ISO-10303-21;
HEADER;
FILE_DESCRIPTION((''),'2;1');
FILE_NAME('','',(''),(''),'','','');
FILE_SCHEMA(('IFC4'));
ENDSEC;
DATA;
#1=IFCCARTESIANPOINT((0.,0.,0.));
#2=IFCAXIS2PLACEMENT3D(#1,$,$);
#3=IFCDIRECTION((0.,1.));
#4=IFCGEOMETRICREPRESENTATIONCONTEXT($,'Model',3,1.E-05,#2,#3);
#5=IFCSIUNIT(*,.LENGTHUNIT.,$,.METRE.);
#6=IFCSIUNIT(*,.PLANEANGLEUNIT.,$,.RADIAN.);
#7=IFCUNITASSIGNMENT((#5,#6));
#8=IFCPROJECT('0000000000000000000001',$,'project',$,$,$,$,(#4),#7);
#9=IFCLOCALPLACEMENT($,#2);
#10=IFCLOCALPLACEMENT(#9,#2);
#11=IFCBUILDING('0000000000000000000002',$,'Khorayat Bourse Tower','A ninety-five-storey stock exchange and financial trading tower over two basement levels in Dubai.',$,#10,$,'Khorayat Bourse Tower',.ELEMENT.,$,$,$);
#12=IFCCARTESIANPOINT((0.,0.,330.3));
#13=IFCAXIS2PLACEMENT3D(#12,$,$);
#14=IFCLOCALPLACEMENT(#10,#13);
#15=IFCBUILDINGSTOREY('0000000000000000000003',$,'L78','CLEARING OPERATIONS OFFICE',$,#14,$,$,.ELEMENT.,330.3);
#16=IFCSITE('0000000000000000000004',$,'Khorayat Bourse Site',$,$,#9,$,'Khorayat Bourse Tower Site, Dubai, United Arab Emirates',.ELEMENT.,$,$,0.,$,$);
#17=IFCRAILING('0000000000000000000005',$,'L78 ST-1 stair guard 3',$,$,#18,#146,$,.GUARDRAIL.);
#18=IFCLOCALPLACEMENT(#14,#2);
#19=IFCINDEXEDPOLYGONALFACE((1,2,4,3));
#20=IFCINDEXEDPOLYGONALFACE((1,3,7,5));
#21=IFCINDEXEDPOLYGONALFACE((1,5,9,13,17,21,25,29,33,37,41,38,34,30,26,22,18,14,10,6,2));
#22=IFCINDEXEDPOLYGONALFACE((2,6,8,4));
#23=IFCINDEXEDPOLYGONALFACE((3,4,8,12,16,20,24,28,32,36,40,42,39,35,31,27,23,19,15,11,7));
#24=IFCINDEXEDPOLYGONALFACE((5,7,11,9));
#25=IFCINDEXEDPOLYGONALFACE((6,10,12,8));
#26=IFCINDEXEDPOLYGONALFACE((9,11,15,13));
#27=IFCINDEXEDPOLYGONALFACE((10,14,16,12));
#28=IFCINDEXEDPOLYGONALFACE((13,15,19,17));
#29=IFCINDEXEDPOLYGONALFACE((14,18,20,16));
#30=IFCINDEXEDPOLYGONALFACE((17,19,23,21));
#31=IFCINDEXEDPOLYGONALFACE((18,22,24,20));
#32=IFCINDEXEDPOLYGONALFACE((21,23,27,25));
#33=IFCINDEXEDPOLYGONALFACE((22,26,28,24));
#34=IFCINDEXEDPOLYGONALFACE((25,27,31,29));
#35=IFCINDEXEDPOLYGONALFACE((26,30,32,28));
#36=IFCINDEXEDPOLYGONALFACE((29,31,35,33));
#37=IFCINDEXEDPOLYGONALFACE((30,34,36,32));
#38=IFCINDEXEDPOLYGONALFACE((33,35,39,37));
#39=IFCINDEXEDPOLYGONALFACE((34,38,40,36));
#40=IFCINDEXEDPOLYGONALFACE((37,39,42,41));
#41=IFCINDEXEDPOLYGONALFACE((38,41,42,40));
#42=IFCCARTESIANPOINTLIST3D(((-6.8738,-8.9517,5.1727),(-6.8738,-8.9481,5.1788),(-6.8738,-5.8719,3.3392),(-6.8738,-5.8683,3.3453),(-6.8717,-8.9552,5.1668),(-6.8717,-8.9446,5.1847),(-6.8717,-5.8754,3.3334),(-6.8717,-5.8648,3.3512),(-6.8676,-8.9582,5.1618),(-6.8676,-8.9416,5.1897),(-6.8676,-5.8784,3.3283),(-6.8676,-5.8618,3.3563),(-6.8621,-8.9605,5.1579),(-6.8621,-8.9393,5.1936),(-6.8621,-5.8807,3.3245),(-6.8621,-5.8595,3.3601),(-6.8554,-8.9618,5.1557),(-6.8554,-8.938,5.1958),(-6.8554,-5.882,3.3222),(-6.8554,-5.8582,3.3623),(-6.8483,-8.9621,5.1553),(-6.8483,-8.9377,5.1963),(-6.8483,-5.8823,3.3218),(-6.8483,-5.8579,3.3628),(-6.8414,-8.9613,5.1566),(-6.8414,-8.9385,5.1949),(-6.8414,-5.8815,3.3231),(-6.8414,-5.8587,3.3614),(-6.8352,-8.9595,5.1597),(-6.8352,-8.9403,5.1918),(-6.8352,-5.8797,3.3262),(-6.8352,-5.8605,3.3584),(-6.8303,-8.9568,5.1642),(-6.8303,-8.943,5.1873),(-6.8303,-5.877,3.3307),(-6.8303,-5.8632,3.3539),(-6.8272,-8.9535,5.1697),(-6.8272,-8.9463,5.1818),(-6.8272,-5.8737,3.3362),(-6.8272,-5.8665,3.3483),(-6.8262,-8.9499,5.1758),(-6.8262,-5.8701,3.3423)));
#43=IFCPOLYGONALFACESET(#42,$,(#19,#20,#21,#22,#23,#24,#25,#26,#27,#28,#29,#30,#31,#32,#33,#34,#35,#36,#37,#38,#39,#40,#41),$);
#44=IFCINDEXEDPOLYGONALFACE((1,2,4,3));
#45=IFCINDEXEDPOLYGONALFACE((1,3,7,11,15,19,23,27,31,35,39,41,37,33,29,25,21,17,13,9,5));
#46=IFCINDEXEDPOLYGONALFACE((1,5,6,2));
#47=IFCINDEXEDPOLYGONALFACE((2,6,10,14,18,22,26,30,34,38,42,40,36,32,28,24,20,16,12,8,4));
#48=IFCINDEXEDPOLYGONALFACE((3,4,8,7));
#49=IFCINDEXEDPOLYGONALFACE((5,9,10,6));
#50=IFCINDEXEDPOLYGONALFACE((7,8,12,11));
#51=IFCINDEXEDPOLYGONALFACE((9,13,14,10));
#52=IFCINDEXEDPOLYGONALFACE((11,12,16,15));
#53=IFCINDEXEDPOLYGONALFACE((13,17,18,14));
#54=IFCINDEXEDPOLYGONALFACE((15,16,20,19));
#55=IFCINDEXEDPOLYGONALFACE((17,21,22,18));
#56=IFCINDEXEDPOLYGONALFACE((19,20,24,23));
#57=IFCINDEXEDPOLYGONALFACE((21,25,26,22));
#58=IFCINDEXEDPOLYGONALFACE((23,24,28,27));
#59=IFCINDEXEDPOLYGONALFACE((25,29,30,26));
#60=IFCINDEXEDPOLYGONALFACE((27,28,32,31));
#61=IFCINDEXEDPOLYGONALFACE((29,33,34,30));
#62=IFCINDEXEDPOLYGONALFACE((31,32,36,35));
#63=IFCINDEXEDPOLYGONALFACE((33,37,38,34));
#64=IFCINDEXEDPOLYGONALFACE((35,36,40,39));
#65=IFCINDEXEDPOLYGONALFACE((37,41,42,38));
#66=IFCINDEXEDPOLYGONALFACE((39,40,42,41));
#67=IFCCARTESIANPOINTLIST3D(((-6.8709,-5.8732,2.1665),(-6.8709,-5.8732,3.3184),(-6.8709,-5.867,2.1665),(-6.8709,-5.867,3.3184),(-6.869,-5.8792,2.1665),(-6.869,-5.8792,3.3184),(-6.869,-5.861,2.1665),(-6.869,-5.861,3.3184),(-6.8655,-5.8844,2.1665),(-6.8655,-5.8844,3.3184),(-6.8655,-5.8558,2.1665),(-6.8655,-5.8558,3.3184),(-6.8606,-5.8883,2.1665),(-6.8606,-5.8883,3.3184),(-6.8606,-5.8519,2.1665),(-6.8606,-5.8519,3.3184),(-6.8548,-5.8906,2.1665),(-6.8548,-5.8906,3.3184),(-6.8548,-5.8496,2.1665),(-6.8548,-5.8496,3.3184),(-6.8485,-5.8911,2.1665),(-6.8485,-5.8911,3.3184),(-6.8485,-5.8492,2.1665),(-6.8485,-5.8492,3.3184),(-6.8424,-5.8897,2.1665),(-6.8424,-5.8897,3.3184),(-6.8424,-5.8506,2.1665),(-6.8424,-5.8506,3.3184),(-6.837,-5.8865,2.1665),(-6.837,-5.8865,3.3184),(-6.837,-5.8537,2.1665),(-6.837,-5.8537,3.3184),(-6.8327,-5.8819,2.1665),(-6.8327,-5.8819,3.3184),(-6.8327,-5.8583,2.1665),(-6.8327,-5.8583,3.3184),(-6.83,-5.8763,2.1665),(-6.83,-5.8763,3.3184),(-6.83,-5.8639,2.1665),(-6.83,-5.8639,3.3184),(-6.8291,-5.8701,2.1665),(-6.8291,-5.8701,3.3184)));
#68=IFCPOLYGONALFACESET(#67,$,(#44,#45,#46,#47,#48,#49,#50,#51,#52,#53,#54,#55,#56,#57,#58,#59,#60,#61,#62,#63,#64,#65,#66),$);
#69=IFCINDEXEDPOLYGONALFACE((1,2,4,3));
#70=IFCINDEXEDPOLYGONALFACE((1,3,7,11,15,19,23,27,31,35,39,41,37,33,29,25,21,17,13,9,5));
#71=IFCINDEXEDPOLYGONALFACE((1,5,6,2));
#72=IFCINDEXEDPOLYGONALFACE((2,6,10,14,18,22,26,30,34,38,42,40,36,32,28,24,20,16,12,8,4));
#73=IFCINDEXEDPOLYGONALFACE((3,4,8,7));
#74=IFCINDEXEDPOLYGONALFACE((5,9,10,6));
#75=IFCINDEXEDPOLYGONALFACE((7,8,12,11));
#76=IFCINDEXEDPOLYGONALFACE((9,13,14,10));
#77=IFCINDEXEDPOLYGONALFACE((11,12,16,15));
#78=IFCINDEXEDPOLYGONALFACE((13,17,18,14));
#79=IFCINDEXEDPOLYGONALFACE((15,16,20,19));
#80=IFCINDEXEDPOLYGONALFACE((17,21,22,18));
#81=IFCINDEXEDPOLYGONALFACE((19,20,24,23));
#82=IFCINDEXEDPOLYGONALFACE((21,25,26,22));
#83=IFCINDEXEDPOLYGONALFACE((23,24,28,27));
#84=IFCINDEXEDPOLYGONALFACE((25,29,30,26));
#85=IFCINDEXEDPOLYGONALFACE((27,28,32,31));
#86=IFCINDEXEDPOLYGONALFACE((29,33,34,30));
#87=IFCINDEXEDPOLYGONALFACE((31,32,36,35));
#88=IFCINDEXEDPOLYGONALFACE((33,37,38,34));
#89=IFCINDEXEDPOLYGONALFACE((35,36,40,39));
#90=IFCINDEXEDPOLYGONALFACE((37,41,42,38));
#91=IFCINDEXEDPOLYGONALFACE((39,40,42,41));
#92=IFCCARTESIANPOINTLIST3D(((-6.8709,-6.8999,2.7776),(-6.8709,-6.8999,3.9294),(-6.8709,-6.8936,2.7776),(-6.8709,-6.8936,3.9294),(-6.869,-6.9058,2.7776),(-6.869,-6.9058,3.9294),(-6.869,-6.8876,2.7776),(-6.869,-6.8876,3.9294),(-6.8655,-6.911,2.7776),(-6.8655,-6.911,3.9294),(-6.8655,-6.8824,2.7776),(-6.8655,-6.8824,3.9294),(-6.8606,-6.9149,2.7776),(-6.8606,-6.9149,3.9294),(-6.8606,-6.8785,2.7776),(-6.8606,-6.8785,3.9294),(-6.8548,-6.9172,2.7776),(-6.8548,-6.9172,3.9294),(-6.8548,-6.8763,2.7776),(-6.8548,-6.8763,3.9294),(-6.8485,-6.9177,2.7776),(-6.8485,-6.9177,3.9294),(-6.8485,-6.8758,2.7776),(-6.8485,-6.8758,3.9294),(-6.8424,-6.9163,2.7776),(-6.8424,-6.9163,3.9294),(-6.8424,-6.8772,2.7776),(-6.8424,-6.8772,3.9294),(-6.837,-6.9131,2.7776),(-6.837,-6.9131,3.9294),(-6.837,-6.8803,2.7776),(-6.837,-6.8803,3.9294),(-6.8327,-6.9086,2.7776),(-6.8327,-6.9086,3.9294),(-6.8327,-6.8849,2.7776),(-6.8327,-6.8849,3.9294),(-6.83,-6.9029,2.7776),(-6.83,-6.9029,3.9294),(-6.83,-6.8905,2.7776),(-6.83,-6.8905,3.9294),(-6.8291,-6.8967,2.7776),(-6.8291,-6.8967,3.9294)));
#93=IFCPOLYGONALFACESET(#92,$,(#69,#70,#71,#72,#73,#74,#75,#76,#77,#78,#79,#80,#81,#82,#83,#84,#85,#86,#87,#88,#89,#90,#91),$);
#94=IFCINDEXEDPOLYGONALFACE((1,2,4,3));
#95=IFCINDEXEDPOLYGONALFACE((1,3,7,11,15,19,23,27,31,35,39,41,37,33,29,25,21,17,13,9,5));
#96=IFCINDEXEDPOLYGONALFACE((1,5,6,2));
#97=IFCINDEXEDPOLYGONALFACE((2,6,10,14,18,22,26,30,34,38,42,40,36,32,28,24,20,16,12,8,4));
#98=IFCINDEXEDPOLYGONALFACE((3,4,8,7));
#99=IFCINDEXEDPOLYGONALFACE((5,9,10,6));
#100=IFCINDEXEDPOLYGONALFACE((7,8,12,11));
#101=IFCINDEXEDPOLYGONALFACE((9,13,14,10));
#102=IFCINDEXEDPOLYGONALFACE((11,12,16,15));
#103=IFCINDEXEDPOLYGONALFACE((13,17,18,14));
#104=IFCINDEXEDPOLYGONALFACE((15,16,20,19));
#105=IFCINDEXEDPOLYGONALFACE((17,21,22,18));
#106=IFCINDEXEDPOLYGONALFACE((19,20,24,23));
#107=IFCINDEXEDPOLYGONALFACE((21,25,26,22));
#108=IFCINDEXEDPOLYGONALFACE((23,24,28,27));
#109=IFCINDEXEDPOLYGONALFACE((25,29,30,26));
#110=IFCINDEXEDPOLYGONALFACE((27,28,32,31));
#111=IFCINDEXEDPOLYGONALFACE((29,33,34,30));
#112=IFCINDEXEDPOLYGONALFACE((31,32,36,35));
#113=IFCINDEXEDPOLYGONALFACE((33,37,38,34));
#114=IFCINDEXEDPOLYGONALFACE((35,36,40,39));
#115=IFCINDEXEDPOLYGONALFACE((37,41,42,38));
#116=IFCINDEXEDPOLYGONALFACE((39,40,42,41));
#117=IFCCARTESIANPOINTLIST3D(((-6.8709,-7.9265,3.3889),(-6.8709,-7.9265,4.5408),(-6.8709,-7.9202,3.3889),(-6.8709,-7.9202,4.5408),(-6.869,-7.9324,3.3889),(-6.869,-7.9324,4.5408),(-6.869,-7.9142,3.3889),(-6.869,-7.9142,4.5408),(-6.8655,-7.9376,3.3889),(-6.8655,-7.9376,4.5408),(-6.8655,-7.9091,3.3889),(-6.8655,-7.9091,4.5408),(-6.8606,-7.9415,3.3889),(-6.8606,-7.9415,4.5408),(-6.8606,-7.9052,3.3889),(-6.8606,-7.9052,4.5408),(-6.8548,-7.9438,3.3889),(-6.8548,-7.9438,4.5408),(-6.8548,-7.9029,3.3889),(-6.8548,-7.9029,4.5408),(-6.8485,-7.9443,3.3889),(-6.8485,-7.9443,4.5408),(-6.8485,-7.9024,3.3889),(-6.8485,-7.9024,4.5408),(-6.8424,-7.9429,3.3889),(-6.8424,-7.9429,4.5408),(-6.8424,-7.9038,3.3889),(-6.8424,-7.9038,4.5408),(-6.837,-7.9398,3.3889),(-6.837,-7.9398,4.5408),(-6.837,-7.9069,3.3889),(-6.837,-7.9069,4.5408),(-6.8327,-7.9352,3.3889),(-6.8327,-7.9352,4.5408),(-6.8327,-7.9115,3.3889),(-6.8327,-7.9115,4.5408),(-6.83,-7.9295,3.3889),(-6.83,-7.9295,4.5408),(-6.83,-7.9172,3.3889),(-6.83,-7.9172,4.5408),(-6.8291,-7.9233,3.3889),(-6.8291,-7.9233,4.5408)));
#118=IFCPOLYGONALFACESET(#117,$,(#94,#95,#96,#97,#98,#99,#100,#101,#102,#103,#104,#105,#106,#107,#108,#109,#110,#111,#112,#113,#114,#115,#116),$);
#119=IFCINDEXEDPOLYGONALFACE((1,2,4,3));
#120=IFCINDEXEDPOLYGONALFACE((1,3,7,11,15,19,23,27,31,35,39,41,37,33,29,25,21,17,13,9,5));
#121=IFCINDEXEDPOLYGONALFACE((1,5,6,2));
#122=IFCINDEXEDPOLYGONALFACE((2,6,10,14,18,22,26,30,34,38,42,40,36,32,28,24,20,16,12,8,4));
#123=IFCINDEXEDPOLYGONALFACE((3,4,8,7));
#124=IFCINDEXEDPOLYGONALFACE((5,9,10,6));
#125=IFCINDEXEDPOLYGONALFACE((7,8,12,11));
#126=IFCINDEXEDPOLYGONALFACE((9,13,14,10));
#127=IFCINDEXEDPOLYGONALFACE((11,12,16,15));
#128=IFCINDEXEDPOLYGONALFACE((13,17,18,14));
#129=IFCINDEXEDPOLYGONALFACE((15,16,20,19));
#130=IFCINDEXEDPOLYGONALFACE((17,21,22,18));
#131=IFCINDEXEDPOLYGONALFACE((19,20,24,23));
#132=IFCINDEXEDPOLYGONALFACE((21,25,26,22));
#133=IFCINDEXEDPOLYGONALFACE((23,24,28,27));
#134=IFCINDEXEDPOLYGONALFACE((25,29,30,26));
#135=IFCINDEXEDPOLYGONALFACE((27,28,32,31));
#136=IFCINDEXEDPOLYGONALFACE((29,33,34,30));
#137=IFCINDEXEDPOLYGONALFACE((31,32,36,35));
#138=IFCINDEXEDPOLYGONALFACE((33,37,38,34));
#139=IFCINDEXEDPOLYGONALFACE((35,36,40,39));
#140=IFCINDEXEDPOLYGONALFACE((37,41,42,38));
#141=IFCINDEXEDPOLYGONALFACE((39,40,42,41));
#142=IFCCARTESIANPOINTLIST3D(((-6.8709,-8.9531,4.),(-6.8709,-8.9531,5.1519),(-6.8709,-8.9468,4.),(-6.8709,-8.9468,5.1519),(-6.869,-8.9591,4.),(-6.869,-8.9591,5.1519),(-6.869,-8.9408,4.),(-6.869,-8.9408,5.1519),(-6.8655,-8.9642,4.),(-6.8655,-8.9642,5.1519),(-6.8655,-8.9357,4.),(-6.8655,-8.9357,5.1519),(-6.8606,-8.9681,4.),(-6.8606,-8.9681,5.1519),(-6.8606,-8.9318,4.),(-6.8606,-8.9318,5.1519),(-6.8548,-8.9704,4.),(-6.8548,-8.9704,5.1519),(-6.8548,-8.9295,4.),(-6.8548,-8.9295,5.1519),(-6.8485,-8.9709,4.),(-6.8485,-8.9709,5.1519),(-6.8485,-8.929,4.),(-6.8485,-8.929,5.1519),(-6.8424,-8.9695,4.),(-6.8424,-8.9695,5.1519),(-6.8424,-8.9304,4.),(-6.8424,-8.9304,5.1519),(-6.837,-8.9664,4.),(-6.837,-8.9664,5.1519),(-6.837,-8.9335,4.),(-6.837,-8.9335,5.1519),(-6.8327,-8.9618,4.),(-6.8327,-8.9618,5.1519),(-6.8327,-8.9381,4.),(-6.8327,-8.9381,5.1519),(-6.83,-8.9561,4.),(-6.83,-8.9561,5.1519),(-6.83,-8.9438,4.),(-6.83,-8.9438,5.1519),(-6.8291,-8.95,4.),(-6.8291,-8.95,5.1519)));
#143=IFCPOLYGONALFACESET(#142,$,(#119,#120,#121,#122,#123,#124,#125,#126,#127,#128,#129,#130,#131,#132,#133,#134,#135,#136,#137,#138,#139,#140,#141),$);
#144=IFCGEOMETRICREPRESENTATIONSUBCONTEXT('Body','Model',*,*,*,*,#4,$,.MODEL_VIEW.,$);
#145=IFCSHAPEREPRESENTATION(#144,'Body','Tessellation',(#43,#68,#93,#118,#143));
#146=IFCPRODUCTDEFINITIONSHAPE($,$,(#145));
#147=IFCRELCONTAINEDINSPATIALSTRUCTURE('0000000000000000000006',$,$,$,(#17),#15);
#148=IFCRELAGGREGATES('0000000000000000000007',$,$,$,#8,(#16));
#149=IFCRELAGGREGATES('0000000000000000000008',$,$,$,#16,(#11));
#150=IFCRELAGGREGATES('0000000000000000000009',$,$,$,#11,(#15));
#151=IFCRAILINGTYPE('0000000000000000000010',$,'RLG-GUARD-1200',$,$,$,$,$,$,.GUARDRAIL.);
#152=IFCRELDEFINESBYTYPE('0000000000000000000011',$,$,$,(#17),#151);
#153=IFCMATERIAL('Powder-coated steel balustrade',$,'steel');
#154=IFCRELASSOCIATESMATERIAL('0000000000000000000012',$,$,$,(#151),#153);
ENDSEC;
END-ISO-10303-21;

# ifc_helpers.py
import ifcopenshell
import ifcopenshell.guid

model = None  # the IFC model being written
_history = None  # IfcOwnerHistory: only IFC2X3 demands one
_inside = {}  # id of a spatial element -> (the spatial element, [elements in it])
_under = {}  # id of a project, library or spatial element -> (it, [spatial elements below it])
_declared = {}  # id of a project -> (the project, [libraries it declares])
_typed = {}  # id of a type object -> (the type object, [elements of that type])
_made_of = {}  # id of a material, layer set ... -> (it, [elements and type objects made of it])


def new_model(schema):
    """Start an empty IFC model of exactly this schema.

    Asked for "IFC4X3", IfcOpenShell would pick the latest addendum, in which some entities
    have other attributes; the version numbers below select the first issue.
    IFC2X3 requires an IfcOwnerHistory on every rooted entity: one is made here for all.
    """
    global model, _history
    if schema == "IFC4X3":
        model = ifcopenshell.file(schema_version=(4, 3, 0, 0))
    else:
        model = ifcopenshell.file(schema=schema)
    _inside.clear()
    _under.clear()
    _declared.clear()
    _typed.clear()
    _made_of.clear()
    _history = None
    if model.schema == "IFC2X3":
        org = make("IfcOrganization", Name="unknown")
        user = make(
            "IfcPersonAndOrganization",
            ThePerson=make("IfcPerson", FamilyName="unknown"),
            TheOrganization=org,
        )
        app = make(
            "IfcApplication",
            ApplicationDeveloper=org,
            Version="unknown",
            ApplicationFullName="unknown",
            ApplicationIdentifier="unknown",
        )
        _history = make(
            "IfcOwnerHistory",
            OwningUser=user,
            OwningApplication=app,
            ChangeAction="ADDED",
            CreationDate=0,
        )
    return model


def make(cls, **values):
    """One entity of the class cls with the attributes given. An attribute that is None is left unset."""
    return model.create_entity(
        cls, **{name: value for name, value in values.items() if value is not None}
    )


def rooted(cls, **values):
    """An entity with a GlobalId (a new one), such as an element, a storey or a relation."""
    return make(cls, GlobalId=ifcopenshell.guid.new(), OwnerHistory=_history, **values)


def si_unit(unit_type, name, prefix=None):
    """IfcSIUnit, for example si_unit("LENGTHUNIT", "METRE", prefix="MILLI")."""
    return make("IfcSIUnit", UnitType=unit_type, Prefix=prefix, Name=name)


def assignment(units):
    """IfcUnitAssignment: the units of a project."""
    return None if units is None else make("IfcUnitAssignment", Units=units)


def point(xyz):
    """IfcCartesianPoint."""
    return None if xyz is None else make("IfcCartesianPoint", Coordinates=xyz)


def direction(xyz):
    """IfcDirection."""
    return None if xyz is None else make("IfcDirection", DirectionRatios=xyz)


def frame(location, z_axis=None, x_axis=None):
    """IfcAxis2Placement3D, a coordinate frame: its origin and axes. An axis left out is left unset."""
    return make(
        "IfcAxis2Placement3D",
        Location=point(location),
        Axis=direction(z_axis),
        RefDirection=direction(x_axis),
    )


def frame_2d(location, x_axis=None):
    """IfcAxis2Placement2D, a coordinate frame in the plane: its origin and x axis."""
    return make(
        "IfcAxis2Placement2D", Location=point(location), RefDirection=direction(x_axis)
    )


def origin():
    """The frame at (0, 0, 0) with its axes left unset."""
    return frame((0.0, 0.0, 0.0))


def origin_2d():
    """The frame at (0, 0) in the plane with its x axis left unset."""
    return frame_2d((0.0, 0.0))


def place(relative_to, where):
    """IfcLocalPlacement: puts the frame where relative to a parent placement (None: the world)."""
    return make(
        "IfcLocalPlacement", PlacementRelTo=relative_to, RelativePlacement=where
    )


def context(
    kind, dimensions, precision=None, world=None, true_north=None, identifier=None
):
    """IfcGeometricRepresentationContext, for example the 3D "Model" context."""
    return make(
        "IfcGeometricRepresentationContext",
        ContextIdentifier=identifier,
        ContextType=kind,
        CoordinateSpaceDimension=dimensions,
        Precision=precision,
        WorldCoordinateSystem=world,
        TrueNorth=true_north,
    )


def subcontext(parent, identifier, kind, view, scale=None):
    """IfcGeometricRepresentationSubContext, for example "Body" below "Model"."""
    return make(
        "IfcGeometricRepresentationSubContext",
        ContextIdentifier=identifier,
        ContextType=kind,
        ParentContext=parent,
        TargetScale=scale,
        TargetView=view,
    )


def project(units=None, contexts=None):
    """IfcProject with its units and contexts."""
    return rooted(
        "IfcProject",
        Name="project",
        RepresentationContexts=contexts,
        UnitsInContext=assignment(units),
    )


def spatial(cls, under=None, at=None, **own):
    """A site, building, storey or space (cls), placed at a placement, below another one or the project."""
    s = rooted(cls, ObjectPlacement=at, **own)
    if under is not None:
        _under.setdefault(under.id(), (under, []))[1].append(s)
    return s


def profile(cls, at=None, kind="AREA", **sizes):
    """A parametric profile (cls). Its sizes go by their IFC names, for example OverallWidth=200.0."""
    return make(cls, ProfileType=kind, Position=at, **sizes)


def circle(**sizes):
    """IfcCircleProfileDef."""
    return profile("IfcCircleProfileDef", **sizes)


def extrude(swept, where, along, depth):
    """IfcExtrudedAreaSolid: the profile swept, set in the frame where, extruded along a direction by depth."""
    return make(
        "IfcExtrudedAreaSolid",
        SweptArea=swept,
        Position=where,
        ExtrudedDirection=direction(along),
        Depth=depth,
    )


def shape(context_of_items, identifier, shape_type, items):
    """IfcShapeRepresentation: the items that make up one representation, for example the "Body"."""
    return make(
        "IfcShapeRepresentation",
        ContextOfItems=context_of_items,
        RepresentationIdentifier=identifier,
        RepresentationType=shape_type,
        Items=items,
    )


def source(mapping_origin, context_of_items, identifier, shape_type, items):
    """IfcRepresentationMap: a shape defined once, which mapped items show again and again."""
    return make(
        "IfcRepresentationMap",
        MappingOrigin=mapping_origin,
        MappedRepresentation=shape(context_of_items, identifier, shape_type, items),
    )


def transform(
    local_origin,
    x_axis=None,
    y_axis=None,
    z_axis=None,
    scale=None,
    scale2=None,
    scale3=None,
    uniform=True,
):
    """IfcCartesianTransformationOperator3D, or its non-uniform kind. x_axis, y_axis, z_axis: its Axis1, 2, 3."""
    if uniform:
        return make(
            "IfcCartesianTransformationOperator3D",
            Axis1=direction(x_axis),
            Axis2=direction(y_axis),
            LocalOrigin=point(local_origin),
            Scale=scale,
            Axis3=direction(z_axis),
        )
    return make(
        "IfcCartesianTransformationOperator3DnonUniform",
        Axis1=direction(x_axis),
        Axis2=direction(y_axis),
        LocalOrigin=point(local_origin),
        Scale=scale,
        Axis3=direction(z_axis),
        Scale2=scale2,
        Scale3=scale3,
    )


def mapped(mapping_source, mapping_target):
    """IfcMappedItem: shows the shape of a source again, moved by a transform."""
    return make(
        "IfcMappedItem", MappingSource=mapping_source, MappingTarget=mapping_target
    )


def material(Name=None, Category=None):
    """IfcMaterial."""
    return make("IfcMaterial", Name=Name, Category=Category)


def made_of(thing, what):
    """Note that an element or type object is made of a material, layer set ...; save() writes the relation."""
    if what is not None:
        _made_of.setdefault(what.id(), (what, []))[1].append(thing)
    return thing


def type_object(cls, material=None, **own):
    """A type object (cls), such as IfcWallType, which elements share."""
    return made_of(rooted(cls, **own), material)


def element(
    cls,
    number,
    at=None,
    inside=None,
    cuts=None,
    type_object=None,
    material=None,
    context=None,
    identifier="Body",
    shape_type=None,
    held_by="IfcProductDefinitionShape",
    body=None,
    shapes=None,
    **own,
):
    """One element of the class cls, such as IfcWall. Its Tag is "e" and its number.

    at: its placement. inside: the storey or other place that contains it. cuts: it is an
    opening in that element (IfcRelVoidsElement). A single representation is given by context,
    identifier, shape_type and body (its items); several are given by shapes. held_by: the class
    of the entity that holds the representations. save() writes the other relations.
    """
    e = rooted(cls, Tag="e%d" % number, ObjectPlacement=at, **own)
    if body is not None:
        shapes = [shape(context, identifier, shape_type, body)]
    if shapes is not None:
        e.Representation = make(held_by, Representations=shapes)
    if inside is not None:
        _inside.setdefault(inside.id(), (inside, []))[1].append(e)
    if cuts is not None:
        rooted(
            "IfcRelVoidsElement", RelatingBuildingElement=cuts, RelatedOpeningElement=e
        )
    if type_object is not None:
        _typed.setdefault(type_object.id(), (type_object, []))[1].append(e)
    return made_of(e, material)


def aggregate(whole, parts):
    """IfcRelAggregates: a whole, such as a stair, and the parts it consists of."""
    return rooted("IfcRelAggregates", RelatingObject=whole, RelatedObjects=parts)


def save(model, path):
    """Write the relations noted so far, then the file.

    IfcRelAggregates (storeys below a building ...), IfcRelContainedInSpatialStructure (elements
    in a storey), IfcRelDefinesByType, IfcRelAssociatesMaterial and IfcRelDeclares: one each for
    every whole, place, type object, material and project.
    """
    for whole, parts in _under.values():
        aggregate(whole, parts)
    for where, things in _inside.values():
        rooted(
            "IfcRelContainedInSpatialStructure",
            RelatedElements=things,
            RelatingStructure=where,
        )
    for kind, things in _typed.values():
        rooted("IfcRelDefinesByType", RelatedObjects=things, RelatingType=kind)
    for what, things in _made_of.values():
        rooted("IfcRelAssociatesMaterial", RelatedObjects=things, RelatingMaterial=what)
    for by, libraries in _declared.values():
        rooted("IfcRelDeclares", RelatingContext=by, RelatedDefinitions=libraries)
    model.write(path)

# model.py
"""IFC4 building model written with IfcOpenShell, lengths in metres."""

from ifc_helpers import new_model, si_unit, direction, frame, origin, origin_2d, place, context, subcontext, project, spatial, circle, extrude, source, transform, mapped, material, type_object, element, save


model = new_model("IFC4")

# Units and contexts
model_context = context("Model", 3, precision=1e-05, world=origin(), true_north=direction((0.0, 1.0)))
body_context = subcontext(model_context, "Body", "Model", "MODEL_VIEW")
ifc_project = project(units=[si_unit("LENGTHUNIT", "METRE"), si_unit("PLANEANGLEUNIT", "RADIAN")], contexts=[model_context])

# Site, building, storey
site_placement = place(None, origin())
site = spatial("IfcSite", under=ifc_project, at=site_placement, Name="Khorayat Bourse Site", LongName="Khorayat Bourse Tower Site, Dubai, United Arab Emirates", CompositionType="ELEMENT", RefElevation=0.0)
building_placement = place(site_placement, origin())
building = spatial("IfcBuilding", under=site, at=building_placement, Name="Khorayat Bourse Tower", Description="A ninety-five-storey stock exchange and financial trading tower over two basement levels in Dubai.", LongName="Khorayat Bourse Tower", CompositionType="ELEMENT")
storey_placement = place(building_placement, frame((0.0, 0.0, 330.3)))
storey = spatial("IfcBuildingStorey", under=building, at=storey_placement, Name="L78", Description="CLEARING OPERATIONS OFFICE", CompositionType="ELEMENT", Elevation=330.3)

# Railing
ifc_material_1 = material(Name="Powder-coated steel balustrade", Category="steel")
railing_type_1 = type_object("IfcRailingType", Name="RLG-GUARD-1200", PredefinedType="GUARDRAIL", material=ifc_material_1)
shared_shape_1 = source(origin(), body_context, "Body", "SweptSolid", [
    extrude(circle(Radius=0.0239, at=origin_2d()), frame((0.0, 0.0, 1.1758), z_axis=(0.0, -0.859261, 0.511538), x_axis=(1.0, 0.0, 0.0)), (0.0, 0.0, 1.0), 3.5842),
    extrude(circle(Radius=0.021, at=origin_2d()), origin(), (0.0, 0.0, 1.0), 1.1519),
    extrude(circle(Radius=0.021, at=origin_2d()), frame((0.0, -1.0266, 0.6111)), (0.0, 0.0, 1.0), 1.1519),
    extrude(circle(Radius=0.021, at=origin_2d()), frame((0.0, -2.0532, 1.2224)), (0.0, 0.0, 1.0), 1.1519),
    extrude(circle(Radius=0.021, at=origin_2d()), frame((0.0, -3.0798, 1.8335)), (0.0, 0.0, 1.0), 1.1519),
])
railing_1_placement = place(storey_placement, frame((-6.8501, -5.8701, 2.1665)))
element("IfcRailing", 1, at=railing_1_placement, inside=storey, type_object=railing_type_1, Name="L78 ST-1 stair guard 3", PredefinedType="GUARDRAIL", context=body_context, shape_type="MappedRepresentation", body=[
    mapped(shared_shape_1, transform((0.0, 0.0, 0.0), scale=1.0)),
])

save(model, "model.ifc")
